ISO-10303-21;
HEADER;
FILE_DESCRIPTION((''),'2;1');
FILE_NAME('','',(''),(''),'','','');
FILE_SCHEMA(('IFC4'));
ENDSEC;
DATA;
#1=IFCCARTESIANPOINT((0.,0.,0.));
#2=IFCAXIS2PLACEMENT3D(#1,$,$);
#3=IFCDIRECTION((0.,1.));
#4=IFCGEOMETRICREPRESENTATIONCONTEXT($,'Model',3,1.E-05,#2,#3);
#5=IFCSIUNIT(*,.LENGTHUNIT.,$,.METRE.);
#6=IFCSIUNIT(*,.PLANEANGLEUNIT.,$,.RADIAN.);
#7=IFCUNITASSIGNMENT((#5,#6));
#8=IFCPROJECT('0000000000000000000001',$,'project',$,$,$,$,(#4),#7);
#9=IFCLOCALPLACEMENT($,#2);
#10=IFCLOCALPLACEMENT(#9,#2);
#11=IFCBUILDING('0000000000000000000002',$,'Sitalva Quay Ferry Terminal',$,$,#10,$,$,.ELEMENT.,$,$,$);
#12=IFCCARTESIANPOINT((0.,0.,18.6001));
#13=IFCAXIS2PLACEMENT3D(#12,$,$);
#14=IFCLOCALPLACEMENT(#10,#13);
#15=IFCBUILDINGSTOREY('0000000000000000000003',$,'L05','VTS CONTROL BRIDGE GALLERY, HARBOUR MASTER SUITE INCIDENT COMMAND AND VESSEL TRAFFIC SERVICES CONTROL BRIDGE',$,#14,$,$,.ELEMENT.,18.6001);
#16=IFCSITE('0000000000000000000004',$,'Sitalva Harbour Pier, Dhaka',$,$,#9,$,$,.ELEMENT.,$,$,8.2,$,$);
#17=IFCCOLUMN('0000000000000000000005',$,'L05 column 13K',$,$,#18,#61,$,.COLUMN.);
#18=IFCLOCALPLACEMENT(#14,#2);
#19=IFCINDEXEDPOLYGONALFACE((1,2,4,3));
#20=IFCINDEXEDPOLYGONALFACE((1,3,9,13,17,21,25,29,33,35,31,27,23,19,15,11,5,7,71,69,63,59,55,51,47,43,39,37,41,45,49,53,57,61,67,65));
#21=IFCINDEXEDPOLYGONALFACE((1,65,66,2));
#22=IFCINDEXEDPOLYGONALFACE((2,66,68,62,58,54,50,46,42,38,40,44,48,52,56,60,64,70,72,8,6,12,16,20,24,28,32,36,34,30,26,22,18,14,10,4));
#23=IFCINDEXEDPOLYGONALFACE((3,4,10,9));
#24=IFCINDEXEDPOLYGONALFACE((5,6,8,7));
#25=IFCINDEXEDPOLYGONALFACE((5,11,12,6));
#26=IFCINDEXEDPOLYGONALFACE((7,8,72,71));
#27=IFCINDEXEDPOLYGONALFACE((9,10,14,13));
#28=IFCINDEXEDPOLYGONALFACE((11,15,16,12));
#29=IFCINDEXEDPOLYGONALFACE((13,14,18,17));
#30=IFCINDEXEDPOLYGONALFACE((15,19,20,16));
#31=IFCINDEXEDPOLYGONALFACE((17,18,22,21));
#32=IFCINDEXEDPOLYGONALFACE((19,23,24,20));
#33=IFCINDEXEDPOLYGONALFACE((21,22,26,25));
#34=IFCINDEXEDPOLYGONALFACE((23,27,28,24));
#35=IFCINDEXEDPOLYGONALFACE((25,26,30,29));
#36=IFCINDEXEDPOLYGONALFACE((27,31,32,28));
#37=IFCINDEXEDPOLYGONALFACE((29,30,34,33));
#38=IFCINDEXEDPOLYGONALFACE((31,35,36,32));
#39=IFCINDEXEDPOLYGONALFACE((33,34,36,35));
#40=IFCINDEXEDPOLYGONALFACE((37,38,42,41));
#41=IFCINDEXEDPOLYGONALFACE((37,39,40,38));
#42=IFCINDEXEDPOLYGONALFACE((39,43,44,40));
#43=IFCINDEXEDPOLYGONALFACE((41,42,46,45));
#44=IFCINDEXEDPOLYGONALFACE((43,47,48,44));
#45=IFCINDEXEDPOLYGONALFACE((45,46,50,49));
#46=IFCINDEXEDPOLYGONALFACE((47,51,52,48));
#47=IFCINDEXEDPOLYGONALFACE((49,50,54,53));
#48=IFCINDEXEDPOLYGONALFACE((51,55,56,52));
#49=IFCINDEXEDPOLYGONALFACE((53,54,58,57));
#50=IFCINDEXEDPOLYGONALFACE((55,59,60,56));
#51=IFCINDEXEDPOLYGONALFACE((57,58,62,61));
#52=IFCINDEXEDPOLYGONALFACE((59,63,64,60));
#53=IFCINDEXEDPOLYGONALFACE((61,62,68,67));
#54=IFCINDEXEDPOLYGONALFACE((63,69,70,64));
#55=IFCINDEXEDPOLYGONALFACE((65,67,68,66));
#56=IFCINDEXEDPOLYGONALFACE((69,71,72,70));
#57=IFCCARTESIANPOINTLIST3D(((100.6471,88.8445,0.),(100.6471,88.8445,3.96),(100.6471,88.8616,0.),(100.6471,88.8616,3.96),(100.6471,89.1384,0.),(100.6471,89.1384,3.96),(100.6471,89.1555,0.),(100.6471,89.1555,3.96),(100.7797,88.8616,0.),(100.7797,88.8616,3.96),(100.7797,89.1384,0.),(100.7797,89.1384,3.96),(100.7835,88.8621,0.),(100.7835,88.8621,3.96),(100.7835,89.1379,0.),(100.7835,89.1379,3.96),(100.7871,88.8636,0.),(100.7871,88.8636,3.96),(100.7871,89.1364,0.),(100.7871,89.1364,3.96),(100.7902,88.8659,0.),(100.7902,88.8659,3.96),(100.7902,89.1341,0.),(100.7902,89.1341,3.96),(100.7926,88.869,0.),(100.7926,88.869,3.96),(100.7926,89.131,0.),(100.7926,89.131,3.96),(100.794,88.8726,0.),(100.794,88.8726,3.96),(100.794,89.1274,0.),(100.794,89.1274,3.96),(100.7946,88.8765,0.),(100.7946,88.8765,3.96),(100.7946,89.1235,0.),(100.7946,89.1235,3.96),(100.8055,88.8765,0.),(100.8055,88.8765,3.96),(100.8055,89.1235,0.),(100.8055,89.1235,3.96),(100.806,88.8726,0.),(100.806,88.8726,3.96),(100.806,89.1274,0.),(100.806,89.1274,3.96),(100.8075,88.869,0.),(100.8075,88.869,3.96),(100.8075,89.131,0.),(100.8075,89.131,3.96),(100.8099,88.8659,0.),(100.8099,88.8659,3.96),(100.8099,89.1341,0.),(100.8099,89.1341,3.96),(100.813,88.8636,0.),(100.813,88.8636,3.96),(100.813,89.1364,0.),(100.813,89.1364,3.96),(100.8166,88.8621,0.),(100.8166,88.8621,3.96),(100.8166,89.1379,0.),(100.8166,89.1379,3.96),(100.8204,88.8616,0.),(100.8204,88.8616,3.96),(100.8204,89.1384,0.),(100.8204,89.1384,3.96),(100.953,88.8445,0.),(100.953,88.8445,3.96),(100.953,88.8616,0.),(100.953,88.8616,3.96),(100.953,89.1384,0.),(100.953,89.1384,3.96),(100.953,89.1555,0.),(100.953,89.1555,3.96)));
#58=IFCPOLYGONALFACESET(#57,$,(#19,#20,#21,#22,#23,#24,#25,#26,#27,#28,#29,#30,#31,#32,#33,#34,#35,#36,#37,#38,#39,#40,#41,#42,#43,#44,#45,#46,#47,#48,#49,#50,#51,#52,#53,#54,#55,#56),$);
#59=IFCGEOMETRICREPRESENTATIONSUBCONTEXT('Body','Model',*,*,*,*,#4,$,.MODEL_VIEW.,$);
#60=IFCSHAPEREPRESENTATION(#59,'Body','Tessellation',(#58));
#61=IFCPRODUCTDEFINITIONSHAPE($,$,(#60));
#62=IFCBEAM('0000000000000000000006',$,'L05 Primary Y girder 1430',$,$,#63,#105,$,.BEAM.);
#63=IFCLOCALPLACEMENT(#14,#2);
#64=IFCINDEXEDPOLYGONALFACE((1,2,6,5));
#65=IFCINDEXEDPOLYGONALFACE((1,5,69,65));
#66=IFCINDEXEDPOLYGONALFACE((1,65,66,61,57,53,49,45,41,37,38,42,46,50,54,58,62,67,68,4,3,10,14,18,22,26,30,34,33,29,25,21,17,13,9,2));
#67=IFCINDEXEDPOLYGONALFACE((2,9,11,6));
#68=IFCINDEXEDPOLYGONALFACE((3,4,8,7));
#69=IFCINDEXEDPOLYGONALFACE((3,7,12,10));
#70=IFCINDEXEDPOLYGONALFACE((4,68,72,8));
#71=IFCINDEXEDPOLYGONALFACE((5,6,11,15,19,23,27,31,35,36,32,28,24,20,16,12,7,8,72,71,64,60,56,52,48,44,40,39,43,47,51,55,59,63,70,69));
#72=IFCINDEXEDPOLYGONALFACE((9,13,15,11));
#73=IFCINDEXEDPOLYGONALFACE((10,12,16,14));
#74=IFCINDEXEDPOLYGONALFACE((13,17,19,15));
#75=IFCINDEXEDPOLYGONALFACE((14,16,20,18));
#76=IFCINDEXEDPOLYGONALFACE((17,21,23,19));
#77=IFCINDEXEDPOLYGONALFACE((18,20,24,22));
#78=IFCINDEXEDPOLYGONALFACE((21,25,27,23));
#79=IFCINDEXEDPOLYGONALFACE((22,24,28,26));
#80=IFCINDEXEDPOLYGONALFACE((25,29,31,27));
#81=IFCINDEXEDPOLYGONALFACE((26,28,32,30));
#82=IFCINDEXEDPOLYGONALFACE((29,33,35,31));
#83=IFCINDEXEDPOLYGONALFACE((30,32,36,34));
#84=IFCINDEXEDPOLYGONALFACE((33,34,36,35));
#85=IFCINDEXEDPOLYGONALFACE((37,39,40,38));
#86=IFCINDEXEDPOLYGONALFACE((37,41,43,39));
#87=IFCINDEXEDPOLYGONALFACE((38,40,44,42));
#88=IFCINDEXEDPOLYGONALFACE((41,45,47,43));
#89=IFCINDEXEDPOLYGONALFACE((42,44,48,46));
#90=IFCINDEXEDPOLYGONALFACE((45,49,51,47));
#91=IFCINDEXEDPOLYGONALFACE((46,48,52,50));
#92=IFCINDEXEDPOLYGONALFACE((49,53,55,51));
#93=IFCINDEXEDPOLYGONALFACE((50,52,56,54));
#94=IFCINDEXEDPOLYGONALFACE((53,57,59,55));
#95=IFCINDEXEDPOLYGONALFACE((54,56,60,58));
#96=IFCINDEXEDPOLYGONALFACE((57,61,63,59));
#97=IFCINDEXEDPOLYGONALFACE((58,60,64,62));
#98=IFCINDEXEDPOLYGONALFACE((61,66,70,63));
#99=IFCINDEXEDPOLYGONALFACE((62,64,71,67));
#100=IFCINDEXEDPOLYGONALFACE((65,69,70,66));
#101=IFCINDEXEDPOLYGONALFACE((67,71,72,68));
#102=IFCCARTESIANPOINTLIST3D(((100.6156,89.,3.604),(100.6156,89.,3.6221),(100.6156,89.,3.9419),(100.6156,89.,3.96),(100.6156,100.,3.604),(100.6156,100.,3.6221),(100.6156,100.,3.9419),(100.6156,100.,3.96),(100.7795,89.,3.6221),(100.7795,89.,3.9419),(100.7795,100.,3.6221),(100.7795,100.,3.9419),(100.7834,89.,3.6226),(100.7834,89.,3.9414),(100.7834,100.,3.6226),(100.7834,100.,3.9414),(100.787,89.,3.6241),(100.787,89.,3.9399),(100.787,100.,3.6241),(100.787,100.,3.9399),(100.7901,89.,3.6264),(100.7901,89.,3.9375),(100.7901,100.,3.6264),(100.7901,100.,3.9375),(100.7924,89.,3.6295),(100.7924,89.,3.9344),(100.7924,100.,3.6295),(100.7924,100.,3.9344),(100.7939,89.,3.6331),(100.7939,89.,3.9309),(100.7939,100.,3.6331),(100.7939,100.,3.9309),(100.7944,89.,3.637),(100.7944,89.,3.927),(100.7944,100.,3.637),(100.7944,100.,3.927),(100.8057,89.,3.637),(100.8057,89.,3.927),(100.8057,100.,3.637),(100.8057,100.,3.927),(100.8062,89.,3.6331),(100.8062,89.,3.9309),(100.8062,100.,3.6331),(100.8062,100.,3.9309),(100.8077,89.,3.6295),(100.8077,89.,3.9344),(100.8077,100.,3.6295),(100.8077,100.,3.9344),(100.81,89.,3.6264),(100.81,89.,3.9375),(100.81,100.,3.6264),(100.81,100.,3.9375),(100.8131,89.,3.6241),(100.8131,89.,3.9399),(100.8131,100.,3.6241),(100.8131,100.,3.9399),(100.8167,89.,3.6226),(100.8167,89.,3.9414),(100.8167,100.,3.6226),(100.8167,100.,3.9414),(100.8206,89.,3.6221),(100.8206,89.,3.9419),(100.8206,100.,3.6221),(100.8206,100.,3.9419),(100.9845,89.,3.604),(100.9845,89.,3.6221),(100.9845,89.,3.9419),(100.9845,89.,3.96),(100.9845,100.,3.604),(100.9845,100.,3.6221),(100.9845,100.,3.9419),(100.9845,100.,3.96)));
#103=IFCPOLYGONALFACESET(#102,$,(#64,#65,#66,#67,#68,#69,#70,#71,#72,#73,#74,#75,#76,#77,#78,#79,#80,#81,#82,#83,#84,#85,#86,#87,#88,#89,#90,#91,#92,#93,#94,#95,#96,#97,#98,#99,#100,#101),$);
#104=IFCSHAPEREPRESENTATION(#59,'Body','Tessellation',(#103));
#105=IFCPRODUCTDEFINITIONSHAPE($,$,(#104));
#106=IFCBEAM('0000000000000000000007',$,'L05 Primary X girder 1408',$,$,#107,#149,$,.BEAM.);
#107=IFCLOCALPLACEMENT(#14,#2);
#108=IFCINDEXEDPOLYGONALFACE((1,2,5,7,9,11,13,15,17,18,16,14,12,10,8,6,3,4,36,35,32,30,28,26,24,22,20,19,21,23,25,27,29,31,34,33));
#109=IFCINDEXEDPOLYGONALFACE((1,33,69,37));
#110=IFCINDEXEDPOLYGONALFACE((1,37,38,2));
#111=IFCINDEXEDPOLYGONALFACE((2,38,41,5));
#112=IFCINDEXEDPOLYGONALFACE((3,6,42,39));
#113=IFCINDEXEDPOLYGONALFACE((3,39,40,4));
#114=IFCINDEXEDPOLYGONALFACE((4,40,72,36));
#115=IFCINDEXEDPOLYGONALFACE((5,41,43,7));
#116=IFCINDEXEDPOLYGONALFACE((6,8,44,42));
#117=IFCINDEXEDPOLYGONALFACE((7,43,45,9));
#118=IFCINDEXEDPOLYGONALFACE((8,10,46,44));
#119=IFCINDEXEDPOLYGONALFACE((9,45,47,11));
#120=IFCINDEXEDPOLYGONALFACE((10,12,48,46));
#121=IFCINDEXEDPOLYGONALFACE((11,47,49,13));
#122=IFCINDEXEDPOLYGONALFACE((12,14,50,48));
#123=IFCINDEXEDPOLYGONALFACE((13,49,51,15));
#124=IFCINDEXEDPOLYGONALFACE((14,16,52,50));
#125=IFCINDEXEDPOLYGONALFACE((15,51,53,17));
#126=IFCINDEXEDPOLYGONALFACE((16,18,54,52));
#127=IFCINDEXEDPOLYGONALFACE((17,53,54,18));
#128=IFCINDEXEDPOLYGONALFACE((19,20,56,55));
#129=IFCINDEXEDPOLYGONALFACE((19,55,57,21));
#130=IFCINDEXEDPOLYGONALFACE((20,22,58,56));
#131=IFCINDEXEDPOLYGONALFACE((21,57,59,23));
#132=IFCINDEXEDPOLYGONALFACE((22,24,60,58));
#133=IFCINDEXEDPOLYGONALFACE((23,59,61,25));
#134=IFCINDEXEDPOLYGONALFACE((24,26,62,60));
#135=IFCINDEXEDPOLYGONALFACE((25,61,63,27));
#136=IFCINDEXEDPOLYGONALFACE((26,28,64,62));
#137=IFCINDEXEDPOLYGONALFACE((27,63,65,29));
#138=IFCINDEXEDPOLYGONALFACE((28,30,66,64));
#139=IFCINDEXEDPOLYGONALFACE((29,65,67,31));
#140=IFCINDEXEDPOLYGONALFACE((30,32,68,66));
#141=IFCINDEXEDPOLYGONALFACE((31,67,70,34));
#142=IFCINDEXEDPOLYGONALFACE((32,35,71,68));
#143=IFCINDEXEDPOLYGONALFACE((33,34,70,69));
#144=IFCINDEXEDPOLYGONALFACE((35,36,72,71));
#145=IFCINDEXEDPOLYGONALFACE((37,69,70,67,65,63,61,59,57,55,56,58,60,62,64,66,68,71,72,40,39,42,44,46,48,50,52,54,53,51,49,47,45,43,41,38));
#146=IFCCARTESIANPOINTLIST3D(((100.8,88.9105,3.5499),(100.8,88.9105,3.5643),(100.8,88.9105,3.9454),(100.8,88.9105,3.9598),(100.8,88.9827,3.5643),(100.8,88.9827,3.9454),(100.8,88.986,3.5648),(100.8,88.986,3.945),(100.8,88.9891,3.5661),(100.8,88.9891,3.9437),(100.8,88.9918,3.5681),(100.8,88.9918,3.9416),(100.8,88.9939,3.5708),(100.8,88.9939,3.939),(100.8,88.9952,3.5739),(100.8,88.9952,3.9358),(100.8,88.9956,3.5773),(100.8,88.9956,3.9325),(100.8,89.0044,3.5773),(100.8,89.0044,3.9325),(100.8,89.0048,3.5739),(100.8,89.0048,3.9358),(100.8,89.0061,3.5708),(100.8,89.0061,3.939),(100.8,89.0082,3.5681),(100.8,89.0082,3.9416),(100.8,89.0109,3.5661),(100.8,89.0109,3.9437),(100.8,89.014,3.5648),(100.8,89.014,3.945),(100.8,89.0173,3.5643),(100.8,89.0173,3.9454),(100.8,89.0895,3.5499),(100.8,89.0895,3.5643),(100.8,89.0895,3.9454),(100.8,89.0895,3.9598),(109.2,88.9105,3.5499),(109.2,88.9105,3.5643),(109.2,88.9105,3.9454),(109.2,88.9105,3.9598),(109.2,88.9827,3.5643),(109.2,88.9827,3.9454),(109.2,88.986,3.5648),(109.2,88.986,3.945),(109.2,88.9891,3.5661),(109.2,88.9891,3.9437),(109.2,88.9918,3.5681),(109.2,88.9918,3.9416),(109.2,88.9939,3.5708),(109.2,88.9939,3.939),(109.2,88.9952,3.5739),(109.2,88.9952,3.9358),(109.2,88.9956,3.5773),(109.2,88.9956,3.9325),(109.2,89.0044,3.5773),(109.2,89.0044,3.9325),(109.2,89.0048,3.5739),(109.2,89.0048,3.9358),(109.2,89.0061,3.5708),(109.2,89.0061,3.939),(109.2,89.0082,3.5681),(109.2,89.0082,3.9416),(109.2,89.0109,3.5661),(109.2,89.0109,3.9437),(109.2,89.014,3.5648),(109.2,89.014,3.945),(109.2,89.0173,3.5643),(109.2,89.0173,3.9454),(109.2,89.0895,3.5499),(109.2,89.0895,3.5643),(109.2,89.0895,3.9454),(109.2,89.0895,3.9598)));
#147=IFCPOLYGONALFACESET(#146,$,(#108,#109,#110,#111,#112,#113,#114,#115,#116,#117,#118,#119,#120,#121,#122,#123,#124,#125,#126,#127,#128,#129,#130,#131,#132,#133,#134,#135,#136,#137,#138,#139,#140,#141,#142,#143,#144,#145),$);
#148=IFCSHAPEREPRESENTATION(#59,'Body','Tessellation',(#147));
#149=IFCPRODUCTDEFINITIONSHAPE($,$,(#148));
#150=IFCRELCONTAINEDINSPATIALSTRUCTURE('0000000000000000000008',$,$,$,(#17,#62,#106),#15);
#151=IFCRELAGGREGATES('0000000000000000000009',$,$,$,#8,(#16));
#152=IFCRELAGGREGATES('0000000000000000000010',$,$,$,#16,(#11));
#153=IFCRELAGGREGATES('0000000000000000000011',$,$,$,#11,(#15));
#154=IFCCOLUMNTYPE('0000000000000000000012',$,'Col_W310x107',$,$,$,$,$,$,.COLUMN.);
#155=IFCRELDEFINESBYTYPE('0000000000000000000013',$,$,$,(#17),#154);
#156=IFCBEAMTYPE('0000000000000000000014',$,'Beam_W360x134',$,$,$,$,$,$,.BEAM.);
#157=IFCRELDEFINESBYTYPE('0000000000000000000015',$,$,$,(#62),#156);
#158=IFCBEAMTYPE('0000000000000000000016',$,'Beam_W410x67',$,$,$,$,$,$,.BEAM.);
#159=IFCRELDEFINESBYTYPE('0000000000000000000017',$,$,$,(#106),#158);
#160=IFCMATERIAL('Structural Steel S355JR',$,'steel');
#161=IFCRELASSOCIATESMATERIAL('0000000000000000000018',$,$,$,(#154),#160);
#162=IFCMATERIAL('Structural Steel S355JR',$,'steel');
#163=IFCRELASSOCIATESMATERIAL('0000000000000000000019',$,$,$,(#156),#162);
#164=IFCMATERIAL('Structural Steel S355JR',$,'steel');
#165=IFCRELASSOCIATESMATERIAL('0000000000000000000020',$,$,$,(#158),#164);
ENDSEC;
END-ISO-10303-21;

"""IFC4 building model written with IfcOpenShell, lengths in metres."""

from ifc_helpers import new_model, si_unit, direction, frame, origin, origin_2d, place, context, subcontext, project, spatial, i_section, extrude, material, material_profile, profile_set, type_object, element, save


model = new_model("IFC4")

# Units and contexts
model_context = context("Model", 3, precision=1e-05, world=origin(), true_north=direction((0.0, 1.0)))
body_context = subcontext(model_context, "Body", "Model", "MODEL_VIEW")
ifc_project = project(units=[si_unit("LENGTHUNIT", "METRE"), si_unit("PLANEANGLEUNIT", "RADIAN")], contexts=[model_context])

# Site, building, storey
site_placement = place(None, origin())
site = spatial("IfcSite", under=ifc_project, at=site_placement, Name="Sitalva Harbour Pier, Dhaka", CompositionType="ELEMENT", RefElevation=8.2)
building_placement = place(site_placement, origin())
building = spatial("IfcBuilding", under=site, at=building_placement, Name="Sitalva Quay Ferry Terminal", CompositionType="ELEMENT")
storey_placement = place(building_placement, frame((0.0, 0.0, 18.6001)))
storey = spatial("IfcBuildingStorey", under=building, at=storey_placement, Name="L05", Description="VTS CONTROL BRIDGE GALLERY, HARBOUR MASTER SUITE INCIDENT COMMAND AND VESSEL TRAFFIC SERVICES CONTROL BRIDGE", CompositionType="ELEMENT", Elevation=18.6001)

# Column
ifc_material_1 = material(Name="Structural Steel S355JR", Category="steel")
ifc_material_profile_1 = material_profile(ifc_material_1, i_section(OverallWidth=0.3059, OverallDepth=0.311, WebThickness=0.011, FlangeThickness=0.0171, FilletRadius=0.0149, at=origin_2d()), Name="W310x107")
ifc_profile_set_1 = profile_set([ifc_material_profile_1], Name="Structural Steel S355JR")
column_type = type_object("IfcColumnType", Name="Col_W310x107", PredefinedType="COLUMN", material=ifc_profile_set_1)
column_placement = place(storey_placement, frame((100.8, 89.0, 0.0), z_axis=(0.0, 0.0, 1.0), x_axis=(1.0, 0.0, 0.0)))
element("IfcColumn", 1, at=column_placement, inside=storey, type_object=column_type, Name="L05 column 13K", PredefinedType="COLUMN", context=body_context, shape_type="SweptSolid", body=[
    extrude(i_section(OverallWidth=0.3059, OverallDepth=0.311, WebThickness=0.011, FlangeThickness=0.0171, FilletRadius=0.0149, at=origin_2d()), origin(), (0.0, 0.0, 1.0), 3.96),
])

# Beams
ifc_material_2 = material(Name="Structural Steel S355JR", Category="steel")
ifc_material_profile_2 = material_profile(ifc_material_2, i_section(OverallWidth=0.3689, OverallDepth=0.356, WebThickness=0.0112, FlangeThickness=0.0181, FilletRadius=0.0149, at=origin_2d()), Name="W360x134")
ifc_profile_set_2 = profile_set([ifc_material_profile_2], Name="Structural Steel S355JR")
beam_type_1 = type_object("IfcBeamType", Name="Beam_W360x134", PredefinedType="BEAM", material=ifc_profile_set_2)
beam_1_placement = place(storey_placement, frame((100.8, 89.0, 3.782), z_axis=(0.0, 1.0, 0.0), x_axis=(-1.0, 0.0, 0.0)))
element("IfcBeam", 2, at=beam_1_placement, inside=storey, type_object=beam_type_1, Name="L05 Primary Y girder 1430", PredefinedType="BEAM", context=body_context, shape_type="SweptSolid", body=[
    extrude(i_section(OverallWidth=0.3689, OverallDepth=0.356, WebThickness=0.0112, FlangeThickness=0.0181, FilletRadius=0.0149, at=origin_2d()), origin(), (0.0, 0.0, 1.0), 11.0),
])
ifc_material_3 = material(Name="Structural Steel S355JR", Category="steel")
ifc_material_profile_3 = material_profile(ifc_material_3, i_section(OverallWidth=0.179, OverallDepth=0.4099, WebThickness=0.0088, FlangeThickness=0.0144, FilletRadius=0.0129, at=origin_2d()), Name="W410x67")
ifc_profile_set_3 = profile_set([ifc_material_profile_3], Name="Structural Steel S355JR")
beam_type_2 = type_object("IfcBeamType", Name="Beam_W410x67", PredefinedType="BEAM", material=ifc_profile_set_3)
beam_2_placement = place(storey_placement, frame((100.8, 89.0, 3.7549), z_axis=(1.0, 0.0, 0.0), x_axis=(0.0, 1.0, 0.0)))
element("IfcBeam", 3, at=beam_2_placement, inside=storey, type_object=beam_type_2, Name="L05 Primary X girder 1408", PredefinedType="BEAM", context=body_context, shape_type="SweptSolid", body=[
    extrude(i_section(OverallWidth=0.179, OverallDepth=0.4099, WebThickness=0.0088, FlangeThickness=0.0144, FilletRadius=0.0129, at=origin_2d()), origin(), (0.0, 0.0, 1.0), 8.3999),
])

save(model, "model.ifc")
